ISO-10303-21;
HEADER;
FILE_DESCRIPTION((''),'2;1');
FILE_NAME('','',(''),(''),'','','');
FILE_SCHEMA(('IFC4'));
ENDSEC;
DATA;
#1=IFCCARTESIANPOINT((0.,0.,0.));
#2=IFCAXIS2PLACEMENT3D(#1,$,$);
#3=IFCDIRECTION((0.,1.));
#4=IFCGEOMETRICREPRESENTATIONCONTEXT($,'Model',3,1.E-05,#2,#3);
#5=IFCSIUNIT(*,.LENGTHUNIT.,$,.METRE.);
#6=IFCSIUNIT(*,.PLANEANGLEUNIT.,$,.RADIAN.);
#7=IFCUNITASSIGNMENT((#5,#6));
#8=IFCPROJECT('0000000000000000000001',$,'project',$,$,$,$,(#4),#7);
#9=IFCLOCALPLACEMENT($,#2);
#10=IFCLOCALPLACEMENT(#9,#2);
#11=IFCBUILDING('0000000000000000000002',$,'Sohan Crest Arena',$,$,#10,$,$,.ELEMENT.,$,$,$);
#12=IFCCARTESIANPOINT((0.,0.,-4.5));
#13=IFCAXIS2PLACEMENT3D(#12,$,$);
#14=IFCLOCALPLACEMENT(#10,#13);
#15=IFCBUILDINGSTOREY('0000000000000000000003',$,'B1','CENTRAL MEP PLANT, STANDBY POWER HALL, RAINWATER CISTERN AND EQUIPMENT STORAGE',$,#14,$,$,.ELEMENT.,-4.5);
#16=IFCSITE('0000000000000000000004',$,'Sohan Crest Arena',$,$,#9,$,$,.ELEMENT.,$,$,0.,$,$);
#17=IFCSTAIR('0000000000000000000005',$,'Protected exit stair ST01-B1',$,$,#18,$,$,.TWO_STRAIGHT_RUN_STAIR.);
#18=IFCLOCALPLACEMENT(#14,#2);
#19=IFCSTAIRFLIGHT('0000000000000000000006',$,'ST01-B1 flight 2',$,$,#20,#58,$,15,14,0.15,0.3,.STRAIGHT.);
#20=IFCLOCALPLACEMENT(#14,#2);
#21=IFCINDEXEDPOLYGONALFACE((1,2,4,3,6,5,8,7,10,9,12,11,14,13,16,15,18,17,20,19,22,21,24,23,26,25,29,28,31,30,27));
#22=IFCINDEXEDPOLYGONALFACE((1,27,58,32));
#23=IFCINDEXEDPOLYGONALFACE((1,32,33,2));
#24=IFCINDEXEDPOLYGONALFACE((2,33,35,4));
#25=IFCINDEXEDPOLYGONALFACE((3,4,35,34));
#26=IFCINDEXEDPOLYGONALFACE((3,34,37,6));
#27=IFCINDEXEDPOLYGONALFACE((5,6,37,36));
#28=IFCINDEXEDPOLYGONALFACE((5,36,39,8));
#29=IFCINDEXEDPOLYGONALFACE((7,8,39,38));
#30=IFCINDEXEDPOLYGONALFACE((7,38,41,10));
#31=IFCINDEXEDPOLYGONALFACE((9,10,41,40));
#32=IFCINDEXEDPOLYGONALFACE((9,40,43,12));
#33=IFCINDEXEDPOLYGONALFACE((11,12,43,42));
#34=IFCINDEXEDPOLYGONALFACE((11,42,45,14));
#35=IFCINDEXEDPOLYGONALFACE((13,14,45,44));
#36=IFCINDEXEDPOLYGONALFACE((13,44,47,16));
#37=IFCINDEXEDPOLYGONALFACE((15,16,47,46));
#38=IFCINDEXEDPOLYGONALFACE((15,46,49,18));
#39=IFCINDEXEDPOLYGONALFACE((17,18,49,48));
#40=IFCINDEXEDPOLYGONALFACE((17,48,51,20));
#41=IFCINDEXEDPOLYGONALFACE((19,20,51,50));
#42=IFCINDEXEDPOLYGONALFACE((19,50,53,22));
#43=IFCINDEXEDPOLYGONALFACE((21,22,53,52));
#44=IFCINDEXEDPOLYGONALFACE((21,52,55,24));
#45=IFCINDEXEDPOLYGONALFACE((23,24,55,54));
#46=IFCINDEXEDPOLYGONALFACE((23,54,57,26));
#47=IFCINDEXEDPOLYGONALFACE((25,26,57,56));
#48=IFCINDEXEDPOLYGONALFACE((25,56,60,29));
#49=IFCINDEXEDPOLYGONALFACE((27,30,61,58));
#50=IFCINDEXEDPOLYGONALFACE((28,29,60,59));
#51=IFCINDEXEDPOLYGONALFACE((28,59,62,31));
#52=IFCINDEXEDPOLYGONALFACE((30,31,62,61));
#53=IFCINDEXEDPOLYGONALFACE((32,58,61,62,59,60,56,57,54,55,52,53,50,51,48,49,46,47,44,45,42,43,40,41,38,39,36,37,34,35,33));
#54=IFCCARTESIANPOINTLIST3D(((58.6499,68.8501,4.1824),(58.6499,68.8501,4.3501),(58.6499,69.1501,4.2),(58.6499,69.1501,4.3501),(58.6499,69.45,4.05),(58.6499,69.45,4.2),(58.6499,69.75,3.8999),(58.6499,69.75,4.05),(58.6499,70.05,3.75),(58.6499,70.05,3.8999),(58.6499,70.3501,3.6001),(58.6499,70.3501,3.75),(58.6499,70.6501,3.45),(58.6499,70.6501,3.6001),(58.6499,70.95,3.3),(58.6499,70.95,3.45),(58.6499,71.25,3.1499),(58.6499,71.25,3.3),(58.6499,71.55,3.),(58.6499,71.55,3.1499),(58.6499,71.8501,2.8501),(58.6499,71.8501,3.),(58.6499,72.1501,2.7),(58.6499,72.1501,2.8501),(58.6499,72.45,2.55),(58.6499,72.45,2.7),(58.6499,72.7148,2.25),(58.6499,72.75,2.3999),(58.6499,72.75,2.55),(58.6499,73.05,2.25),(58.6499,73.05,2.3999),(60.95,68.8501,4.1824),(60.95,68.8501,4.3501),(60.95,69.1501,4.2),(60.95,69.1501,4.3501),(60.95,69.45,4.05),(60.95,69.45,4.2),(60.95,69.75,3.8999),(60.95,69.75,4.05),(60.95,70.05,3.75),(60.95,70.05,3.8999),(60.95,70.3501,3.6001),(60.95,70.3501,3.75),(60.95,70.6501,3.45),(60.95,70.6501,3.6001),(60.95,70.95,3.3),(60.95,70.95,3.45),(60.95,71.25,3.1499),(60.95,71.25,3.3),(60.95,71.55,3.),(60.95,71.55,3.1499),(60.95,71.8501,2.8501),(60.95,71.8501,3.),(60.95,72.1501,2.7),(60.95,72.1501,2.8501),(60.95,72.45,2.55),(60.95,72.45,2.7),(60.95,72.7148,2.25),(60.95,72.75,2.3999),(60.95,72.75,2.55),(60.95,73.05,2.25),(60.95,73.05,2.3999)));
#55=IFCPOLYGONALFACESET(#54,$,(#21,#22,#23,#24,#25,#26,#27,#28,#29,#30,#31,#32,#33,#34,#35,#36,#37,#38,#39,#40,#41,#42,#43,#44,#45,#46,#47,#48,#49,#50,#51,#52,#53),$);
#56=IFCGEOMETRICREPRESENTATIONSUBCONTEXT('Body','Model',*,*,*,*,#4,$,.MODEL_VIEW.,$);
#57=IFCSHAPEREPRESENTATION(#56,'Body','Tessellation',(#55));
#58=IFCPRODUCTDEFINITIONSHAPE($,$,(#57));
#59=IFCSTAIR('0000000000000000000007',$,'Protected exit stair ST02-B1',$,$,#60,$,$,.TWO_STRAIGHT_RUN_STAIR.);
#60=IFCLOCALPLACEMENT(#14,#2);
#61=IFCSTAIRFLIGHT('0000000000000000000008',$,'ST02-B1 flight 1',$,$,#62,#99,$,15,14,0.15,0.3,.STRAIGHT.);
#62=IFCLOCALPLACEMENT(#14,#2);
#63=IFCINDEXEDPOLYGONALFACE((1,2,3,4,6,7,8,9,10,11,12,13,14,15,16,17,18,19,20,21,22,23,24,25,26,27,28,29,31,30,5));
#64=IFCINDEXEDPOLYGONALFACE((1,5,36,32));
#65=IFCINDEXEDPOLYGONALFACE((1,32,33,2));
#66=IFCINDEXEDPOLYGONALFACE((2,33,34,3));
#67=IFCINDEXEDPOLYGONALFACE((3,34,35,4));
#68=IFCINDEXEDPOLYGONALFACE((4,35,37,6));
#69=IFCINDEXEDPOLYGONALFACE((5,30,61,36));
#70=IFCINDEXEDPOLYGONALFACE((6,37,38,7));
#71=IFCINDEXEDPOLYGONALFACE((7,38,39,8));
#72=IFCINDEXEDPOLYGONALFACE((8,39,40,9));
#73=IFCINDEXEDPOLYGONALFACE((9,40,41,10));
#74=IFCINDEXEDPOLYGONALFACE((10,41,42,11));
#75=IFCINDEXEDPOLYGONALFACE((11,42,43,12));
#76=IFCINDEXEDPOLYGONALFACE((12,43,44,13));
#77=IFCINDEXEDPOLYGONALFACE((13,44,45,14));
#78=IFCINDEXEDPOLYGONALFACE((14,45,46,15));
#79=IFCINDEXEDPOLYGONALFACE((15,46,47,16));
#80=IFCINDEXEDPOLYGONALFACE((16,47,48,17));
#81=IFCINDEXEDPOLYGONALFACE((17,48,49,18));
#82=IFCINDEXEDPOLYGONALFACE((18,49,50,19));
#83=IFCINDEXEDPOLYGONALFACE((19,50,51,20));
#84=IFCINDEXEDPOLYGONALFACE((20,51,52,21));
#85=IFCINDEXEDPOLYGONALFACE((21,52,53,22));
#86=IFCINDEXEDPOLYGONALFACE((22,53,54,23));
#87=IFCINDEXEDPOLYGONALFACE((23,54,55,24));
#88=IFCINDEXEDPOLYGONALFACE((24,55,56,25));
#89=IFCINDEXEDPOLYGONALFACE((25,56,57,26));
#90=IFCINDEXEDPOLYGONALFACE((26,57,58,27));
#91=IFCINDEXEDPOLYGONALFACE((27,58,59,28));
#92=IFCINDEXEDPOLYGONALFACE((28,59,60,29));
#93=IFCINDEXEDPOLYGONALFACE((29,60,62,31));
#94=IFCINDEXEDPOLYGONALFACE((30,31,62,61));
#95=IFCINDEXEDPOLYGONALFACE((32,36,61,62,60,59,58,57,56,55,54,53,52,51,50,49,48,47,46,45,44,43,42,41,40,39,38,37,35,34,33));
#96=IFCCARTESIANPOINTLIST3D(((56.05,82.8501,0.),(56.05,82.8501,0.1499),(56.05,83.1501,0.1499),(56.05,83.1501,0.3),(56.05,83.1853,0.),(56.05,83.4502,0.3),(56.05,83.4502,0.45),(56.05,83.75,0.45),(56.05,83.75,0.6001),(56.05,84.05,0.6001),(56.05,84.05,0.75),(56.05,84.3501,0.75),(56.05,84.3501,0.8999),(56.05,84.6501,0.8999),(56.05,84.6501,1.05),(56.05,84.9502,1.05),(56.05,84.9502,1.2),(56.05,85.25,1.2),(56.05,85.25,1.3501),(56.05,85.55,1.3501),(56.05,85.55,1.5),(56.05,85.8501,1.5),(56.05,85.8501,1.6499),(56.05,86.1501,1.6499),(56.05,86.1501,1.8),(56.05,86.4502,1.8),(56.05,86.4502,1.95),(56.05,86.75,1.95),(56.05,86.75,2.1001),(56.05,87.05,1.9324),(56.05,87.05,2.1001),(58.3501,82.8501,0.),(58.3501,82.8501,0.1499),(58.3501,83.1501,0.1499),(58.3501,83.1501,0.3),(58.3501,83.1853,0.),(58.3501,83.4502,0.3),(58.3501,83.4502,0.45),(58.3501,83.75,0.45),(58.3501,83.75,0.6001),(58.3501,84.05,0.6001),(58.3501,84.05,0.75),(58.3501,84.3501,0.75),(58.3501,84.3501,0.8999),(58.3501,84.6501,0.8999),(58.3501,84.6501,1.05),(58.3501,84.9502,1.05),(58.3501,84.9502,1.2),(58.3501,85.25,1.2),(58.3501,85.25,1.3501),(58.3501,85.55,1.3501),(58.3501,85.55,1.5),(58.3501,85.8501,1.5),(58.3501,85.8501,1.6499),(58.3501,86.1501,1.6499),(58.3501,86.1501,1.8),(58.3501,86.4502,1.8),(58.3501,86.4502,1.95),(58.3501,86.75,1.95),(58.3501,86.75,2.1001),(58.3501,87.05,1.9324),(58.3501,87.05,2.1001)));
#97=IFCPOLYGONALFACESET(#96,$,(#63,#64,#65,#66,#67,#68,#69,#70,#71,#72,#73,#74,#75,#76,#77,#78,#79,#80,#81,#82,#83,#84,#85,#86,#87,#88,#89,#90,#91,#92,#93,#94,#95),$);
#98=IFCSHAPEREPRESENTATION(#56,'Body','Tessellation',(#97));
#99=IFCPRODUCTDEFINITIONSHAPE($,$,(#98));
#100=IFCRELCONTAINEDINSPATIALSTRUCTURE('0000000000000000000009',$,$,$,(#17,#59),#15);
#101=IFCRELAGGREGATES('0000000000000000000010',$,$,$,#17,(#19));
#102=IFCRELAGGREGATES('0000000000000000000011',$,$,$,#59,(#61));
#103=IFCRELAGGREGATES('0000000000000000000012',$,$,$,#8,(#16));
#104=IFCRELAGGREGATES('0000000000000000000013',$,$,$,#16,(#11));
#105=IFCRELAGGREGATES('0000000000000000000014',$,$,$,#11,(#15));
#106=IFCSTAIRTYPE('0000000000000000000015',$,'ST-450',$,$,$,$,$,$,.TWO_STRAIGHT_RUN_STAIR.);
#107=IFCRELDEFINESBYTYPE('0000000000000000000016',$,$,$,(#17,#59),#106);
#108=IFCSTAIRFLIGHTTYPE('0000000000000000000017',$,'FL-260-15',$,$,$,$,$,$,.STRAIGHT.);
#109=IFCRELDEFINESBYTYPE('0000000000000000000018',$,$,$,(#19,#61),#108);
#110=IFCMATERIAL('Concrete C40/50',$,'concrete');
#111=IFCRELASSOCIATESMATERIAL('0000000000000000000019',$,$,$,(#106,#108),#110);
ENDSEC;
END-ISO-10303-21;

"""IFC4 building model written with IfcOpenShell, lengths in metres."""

from ifc_helpers import new_model, si_unit, direction, frame, origin, place, context, subcontext, project, spatial, polyline, outline, extrude, material, type_object, element, aggregate, save


model = new_model("IFC4")

# Units and contexts
model_context = context("Model", 3, precision=1e-05, world=origin(), true_north=direction((0.0, 1.0)))
body_context = subcontext(model_context, "Body", "Model", "MODEL_VIEW")
ifc_project = project(units=[si_unit("LENGTHUNIT", "METRE"), si_unit("PLANEANGLEUNIT", "RADIAN")], contexts=[model_context])

# Site, building, storey
site_placement = place(None, origin())
site = spatial("IfcSite", under=ifc_project, at=site_placement, Name="Sohan Crest Arena", CompositionType="ELEMENT", RefElevation=0.0)
building_placement = place(site_placement, origin())
building = spatial("IfcBuilding", under=site, at=building_placement, Name="Sohan Crest Arena", CompositionType="ELEMENT")
storey_placement = place(building_placement, frame((0.0, 0.0, -4.5)))
storey = spatial("IfcBuildingStorey", under=building, at=storey_placement, Name="B1", Description="CENTRAL MEP PLANT, STANDBY POWER HALL, RAINWATER CISTERN AND EQUIPMENT STORAGE", CompositionType="ELEMENT", Elevation=-4.5)

# Shared definitions
ifc_material_1 = material(Name="Concrete C40/50", Category="concrete")

# Stairs, stair flights
stair_type = type_object("IfcStairType", Name="ST-450", PredefinedType="TWO_STRAIGHT_RUN_STAIR", material=ifc_material_1)
stair_1_placement = place(storey_placement, origin())
stair_1 = element("IfcStair", 1, at=stair_1_placement, inside=storey, type_object=stair_type, Name="Protected exit stair ST01-B1", PredefinedType="TWO_STRAIGHT_RUN_STAIR")
stair_flight_type = type_object("IfcStairFlightType", Name="FL-260-15", PredefinedType="STRAIGHT", material=ifc_material_1)
stair_flight_1_placement = place(storey_placement, frame((59.8, 73.05, 2.25), z_axis=(0.0, 0.0, 1.0), x_axis=(0.0, -1.0, 0.0)))
stair_flight_1 = element("IfcStairFlight", 2, at=stair_flight_1_placement, type_object=stair_flight_type, Name="ST01-B1 flight 2", NumberOfRisers=15, NumberOfTreads=14, PredefinedType="STRAIGHT", RiserHeight=0.15, TreadLength=0.3, context=body_context, shape_type="SweptSolid", body=[
    extrude(outline(polyline([(0.0, 0.0), (0.0, 0.1499), (0.3, 0.1499), (0.3, 0.3), (0.6001, 0.3), (0.6001, 0.45), (0.8999, 0.45), (0.8999, 0.6001), (1.2, 0.6001), (1.2, 0.75), (1.5, 0.75), (1.5, 0.8999), (1.8, 0.8999), (1.8, 1.05), (2.1001, 1.05), (2.1001, 1.2), (2.3999, 1.2), (2.3999, 1.3501), (2.7, 1.3501), (2.7, 1.5), (3.0, 1.5), (3.0, 1.6499), (3.3, 1.6499), (3.3, 1.8), (3.6001, 1.8), (3.6001, 1.95), (3.8999, 1.95), (3.8999, 2.1001), (4.2, 2.1001), (4.2, 2.25), (4.2, 1.9324), (0.3352, 0.0), (0.0, 0.0)])), frame((0.0, 1.1499, 0.0), z_axis=(0.0, -1.0, 0.0), x_axis=(1.0, 0.0, 0.0)), (0.0, 0.0, 1.0), 2.3),
])
aggregate(stair_1, [stair_flight_1])
stair_2_placement = place(storey_placement, origin())
stair_2 = element("IfcStair", 3, at=stair_2_placement, inside=storey, type_object=stair_type, Name="Protected exit stair ST02-B1", PredefinedType="TWO_STRAIGHT_RUN_STAIR")
stair_flight_2_placement = place(storey_placement, frame((57.2, 82.8501, 0.0), z_axis=(0.0, 0.0, 1.0), x_axis=(0.0, 1.0, 0.0)))
stair_flight_2 = element("IfcStairFlight", 4, at=stair_flight_2_placement, type_object=stair_flight_type, Name="ST02-B1 flight 1", NumberOfRisers=15, NumberOfTreads=14, PredefinedType="STRAIGHT", RiserHeight=0.15, TreadLength=0.3, context=body_context, shape_type="SweptSolid", body=[
    extrude(outline(polyline([(0.0, 0.0), (0.0, 0.1499), (0.3, 0.1499), (0.3, 0.3), (0.6001, 0.3), (0.6001, 0.45), (0.8999, 0.45), (0.8999, 0.6001), (1.2, 0.6001), (1.2, 0.75), (1.5, 0.75), (1.5, 0.8999), (1.8, 0.8999), (1.8, 1.05), (2.1001, 1.05), (2.1001, 1.2), (2.3999, 1.2), (2.3999, 1.3501), (2.7, 1.3501), (2.7, 1.5), (3.0, 1.5), (3.0, 1.6499), (3.3, 1.6499), (3.3, 1.8), (3.6001, 1.8), (3.6001, 1.95), (3.8999, 1.95), (3.8999, 2.1001), (4.2, 2.1001), (4.2, 2.25), (4.2, 1.9324), (0.3352, 0.0), (0.0, 0.0)])), frame((0.0, 1.1499, 0.0), z_axis=(0.0, -1.0, 0.0), x_axis=(1.0, 0.0, 0.0)), (0.0, 0.0, 1.0), 2.3),
])
aggregate(stair_2, [stair_flight_2])

save(model, "model.ifc")
